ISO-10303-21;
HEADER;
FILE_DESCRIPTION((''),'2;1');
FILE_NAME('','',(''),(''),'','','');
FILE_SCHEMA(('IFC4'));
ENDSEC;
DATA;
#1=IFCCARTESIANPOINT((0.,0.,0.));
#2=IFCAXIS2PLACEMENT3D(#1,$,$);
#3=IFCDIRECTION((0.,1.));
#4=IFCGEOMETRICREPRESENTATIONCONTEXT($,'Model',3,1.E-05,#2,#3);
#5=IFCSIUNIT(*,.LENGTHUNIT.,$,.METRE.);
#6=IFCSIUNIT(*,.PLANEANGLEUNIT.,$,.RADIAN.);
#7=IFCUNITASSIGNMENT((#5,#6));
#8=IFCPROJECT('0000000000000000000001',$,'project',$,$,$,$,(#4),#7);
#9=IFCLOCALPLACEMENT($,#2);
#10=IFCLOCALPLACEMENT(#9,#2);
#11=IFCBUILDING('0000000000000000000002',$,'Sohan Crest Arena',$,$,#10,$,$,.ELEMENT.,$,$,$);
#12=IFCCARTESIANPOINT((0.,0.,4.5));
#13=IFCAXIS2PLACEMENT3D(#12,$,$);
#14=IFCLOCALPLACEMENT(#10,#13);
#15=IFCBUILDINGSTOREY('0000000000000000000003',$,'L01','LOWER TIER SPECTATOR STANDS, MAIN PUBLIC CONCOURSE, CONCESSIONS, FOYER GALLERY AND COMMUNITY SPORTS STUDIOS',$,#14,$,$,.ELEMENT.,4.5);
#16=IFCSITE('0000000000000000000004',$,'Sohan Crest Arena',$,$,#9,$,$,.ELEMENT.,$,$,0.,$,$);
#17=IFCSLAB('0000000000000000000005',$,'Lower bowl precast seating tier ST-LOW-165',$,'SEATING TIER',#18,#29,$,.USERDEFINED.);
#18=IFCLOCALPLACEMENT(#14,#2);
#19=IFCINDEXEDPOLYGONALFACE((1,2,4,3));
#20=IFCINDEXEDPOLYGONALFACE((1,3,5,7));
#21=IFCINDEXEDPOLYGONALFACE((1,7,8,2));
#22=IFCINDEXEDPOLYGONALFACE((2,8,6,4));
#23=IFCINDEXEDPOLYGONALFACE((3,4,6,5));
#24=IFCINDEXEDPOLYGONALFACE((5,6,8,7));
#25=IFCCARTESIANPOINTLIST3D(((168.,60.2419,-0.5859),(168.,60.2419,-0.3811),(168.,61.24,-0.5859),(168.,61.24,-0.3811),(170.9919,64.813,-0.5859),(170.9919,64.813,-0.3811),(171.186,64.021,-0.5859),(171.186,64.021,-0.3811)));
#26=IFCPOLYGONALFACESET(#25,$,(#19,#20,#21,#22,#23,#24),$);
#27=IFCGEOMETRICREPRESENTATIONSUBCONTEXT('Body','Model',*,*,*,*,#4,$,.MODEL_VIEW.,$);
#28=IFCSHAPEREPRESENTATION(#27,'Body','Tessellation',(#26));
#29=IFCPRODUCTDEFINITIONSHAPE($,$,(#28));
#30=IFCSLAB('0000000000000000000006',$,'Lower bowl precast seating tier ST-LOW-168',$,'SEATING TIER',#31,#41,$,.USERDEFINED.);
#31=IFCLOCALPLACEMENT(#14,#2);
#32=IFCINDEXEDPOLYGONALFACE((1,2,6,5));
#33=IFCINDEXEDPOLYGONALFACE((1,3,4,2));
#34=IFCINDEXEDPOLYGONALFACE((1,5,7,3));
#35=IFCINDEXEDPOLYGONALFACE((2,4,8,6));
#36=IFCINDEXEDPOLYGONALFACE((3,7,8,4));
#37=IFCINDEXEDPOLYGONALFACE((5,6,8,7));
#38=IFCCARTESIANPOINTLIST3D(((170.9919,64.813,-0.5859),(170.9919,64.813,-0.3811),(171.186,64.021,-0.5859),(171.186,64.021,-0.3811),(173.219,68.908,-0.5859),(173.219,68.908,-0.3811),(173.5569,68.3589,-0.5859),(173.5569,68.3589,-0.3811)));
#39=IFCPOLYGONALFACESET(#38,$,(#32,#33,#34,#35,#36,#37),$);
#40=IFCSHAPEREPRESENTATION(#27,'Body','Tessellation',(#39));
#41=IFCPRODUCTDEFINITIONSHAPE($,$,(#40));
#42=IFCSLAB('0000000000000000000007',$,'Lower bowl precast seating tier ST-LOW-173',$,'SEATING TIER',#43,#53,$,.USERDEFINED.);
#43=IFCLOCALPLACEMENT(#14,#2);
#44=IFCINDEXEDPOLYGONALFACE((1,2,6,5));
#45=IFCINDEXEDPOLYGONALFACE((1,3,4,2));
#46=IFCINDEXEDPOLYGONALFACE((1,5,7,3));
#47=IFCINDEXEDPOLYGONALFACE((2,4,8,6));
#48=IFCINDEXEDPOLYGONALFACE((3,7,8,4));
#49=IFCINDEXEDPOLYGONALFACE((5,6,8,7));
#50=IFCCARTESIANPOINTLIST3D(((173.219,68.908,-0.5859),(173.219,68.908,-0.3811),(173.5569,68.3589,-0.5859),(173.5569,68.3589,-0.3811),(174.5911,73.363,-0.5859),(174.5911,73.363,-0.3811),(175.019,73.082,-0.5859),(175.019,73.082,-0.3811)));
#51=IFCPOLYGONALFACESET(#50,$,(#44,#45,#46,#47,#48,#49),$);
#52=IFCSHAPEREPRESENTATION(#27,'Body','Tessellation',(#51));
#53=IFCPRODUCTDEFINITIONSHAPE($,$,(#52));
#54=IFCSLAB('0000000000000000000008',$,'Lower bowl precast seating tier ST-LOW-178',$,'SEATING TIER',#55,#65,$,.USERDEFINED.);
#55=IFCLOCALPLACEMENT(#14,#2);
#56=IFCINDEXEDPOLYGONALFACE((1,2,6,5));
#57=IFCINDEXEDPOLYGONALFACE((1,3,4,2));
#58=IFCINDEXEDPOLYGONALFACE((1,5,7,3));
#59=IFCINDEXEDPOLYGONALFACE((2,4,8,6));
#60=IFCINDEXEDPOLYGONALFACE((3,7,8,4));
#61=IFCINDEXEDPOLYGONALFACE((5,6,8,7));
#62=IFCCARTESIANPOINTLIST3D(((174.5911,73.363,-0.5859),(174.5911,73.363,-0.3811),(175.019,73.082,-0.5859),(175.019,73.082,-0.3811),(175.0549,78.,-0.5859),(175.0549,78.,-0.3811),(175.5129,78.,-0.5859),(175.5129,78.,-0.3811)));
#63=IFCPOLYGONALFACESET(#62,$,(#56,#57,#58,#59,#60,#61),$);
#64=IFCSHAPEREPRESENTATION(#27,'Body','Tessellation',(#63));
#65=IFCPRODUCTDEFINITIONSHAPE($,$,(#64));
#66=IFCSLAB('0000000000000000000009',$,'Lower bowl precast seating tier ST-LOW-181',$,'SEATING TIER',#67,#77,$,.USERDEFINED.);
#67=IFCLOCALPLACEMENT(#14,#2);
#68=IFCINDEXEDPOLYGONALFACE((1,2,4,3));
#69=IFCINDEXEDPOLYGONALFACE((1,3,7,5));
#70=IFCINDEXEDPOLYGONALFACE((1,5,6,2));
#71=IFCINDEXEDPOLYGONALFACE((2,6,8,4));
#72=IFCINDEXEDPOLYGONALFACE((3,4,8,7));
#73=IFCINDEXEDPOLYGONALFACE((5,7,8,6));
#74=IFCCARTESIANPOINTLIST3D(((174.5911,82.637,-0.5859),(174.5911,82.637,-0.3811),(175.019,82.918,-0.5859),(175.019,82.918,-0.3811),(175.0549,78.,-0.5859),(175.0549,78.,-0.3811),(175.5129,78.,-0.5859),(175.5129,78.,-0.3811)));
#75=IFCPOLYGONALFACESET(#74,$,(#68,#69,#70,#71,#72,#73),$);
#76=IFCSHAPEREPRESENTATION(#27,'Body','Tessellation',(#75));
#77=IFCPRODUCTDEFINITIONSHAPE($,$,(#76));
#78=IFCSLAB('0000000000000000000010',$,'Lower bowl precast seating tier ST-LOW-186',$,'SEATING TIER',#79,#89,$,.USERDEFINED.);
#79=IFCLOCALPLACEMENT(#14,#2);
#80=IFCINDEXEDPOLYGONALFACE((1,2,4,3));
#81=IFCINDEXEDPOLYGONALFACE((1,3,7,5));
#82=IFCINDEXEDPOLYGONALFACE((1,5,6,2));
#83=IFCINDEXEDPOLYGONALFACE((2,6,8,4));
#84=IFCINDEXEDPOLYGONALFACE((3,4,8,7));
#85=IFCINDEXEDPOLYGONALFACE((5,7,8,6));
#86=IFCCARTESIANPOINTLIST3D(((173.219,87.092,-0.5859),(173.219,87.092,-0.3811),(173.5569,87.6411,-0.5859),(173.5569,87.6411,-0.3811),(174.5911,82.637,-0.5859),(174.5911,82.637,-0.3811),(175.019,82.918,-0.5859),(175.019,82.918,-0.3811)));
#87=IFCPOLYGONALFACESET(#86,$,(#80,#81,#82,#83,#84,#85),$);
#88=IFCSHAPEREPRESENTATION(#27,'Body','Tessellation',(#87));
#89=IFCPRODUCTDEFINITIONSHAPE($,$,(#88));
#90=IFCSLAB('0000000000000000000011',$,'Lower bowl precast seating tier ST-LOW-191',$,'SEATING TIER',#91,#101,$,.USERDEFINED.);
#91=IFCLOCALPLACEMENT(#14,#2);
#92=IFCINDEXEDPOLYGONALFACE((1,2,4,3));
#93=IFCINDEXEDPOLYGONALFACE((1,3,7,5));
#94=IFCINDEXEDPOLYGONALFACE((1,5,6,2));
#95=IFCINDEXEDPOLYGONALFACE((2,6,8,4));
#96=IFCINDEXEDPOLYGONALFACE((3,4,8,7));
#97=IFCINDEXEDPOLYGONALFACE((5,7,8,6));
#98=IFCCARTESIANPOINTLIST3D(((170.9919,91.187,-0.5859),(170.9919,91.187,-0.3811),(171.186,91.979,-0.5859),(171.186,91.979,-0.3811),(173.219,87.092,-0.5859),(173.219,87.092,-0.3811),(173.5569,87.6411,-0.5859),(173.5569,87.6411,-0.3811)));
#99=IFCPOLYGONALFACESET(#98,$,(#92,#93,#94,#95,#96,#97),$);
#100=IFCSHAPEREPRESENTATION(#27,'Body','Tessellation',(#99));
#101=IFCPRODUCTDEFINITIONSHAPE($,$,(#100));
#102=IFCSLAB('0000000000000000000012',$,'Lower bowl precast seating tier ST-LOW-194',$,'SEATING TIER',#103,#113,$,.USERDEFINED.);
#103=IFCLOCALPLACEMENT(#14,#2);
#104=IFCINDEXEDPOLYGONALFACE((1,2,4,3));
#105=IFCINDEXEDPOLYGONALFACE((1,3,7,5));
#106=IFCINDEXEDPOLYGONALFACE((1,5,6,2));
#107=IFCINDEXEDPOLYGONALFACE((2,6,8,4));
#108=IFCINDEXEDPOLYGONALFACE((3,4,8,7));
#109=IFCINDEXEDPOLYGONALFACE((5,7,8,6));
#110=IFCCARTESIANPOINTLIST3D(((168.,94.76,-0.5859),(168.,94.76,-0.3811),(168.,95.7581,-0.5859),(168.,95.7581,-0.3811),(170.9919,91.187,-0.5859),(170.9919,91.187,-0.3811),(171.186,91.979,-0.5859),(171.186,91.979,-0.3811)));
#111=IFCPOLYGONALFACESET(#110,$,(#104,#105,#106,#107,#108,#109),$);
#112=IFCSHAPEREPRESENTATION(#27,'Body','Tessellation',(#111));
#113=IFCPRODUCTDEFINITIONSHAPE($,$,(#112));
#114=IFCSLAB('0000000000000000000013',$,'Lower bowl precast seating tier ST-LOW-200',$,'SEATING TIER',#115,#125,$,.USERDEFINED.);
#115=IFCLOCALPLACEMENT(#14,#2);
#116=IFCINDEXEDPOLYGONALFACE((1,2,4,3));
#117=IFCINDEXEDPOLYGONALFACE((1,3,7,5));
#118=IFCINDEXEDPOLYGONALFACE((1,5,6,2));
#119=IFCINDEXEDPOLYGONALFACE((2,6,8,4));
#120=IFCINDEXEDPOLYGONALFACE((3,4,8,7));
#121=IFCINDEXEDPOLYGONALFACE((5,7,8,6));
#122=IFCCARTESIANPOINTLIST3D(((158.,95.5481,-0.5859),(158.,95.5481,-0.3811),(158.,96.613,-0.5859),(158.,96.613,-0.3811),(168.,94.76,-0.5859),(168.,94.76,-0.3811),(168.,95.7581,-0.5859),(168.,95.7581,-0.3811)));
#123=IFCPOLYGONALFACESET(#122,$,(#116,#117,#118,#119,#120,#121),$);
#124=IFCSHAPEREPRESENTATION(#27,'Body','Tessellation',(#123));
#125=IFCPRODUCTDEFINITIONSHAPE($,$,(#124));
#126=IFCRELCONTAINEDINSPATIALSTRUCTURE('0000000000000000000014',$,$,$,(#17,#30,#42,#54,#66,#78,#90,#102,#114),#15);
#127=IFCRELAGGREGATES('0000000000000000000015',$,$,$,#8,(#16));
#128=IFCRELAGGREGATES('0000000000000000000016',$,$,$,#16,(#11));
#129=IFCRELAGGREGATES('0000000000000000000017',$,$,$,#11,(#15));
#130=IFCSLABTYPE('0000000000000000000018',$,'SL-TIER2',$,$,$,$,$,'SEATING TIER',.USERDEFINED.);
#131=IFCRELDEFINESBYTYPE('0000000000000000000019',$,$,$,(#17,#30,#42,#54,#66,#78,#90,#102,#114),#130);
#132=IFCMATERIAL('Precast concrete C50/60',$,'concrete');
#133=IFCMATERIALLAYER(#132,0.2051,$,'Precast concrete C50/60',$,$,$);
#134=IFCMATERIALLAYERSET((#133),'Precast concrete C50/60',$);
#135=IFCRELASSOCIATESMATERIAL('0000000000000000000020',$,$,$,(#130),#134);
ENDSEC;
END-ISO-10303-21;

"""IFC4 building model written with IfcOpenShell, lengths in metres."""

from ifc_helpers import new_model, si_unit, direction, frame, origin, place, context, subcontext, project, spatial, polyline, outline, extrude, material, layer, layer_set, type_object, element, save


model = new_model("IFC4")

# Units and contexts
model_context = context("Model", 3, precision=1e-05, world=origin(), true_north=direction((0.0, 1.0)))
body_context = subcontext(model_context, "Body", "Model", "MODEL_VIEW")
ifc_project = project(units=[si_unit("LENGTHUNIT", "METRE"), si_unit("PLANEANGLEUNIT", "RADIAN")], contexts=[model_context])

# Site, building, storey
site_placement = place(None, origin())
site = spatial("IfcSite", under=ifc_project, at=site_placement, Name="Sohan Crest Arena", CompositionType="ELEMENT", RefElevation=0.0)
building_placement = place(site_placement, origin())
building = spatial("IfcBuilding", under=site, at=building_placement, Name="Sohan Crest Arena", CompositionType="ELEMENT")
storey_placement = place(building_placement, frame((0.0, 0.0, 4.5)))
storey = spatial("IfcBuildingStorey", under=building, at=storey_placement, Name="L01", Description="LOWER TIER SPECTATOR STANDS, MAIN PUBLIC CONCOURSE, CONCESSIONS, FOYER GALLERY AND COMMUNITY SPORTS STUDIOS", CompositionType="ELEMENT", Elevation=4.5)

# Slabs
ifc_material_1 = material(Name="Precast concrete C50/60", Category="concrete")
ifc_layer_1 = layer(ifc_material_1, 0.2051, Name="Precast concrete C50/60")
ifc_layer_set_1 = layer_set([ifc_layer_1], Name="Precast concrete C50/60")
slab_type_1 = type_object("IfcSlabType", Name="SL-TIER2", ElementType="SEATING TIER", PredefinedType="USERDEFINED", material=ifc_layer_set_1)
slab_1_placement = place(storey_placement, frame((0.0, 0.0, -0.5859)))
element("IfcSlab", 1, at=slab_1_placement, inside=storey, type_object=slab_type_1, Name="Lower bowl precast seating tier ST-LOW-165", ObjectType="SEATING TIER", PredefinedType="USERDEFINED", context=body_context, shape_type="SweptSolid", body=[
    extrude(outline(polyline([(168.0, 61.24), (170.9919, 64.813), (171.186, 64.021), (168.0, 60.2419), (168.0, 61.24)])), origin(), (0.0, 0.0, 1.0), 0.2048),
])
slab_2_placement = place(storey_placement, frame((0.0, 0.0, -0.5859)))
element("IfcSlab", 2, at=slab_2_placement, inside=storey, type_object=slab_type_1, Name="Lower bowl precast seating tier ST-LOW-168", ObjectType="SEATING TIER", PredefinedType="USERDEFINED", context=body_context, shape_type="SweptSolid", body=[
    extrude(outline(polyline([(170.9919, 64.813), (173.219, 68.908), (173.5569, 68.3589), (171.186, 64.021), (170.9919, 64.813)])), origin(), (0.0, 0.0, 1.0), 0.2048),
])
slab_3_placement = place(storey_placement, frame((0.0, 0.0, -0.5859)))
element("IfcSlab", 3, at=slab_3_placement, inside=storey, type_object=slab_type_1, Name="Lower bowl precast seating tier ST-LOW-173", ObjectType="SEATING TIER", PredefinedType="USERDEFINED", context=body_context, shape_type="SweptSolid", body=[
    extrude(outline(polyline([(173.219, 68.908), (174.5911, 73.363), (175.019, 73.082), (173.5569, 68.3589), (173.219, 68.908)])), origin(), (0.0, 0.0, 1.0), 0.2048),
])
slab_4_placement = place(storey_placement, frame((0.0, 0.0, -0.5859)))
element("IfcSlab", 4, at=slab_4_placement, inside=storey, type_object=slab_type_1, Name="Lower bowl precast seating tier ST-LOW-178", ObjectType="SEATING TIER", PredefinedType="USERDEFINED", context=body_context, shape_type="SweptSolid", body=[
    extrude(outline(polyline([(174.5911, 73.363), (175.0549, 78.0), (175.5129, 78.0), (175.019, 73.082), (174.5911, 73.363)])), origin(), (0.0, 0.0, 1.0), 0.2048),
])
slab_5_placement = place(storey_placement, frame((0.0, 0.0, -0.5859)))
element("IfcSlab", 5, at=slab_5_placement, inside=storey, type_object=slab_type_1, Name="Lower bowl precast seating tier ST-LOW-181", ObjectType="SEATING TIER", PredefinedType="USERDEFINED", context=body_context, shape_type="SweptSolid", body=[
    extrude(outline(polyline([(175.0549, 78.0), (174.5911, 82.637), (175.019, 82.918), (175.5129, 78.0), (175.0549, 78.0)])), origin(), (0.0, 0.0, 1.0), 0.2048),
])
slab_6_placement = place(storey_placement, frame((0.0, 0.0, -0.5859)))
element("IfcSlab", 6, at=slab_6_placement, inside=storey, type_object=slab_type_1, Name="Lower bowl precast seating tier ST-LOW-186", ObjectType="SEATING TIER", PredefinedType="USERDEFINED", context=body_context, shape_type="SweptSolid", body=[
    extrude(outline(polyline([(174.5911, 82.637), (173.219, 87.092), (173.5569, 87.6411), (175.019, 82.918), (174.5911, 82.637)])), origin(), (0.0, 0.0, 1.0), 0.2048),
])
slab_7_placement = place(storey_placement, frame((0.0, 0.0, -0.5859)))
element("IfcSlab", 7, at=slab_7_placement, inside=storey, type_object=slab_type_1, Name="Lower bowl precast seating tier ST-LOW-191", ObjectType="SEATING TIER", PredefinedType="USERDEFINED", context=body_context, shape_type="SweptSolid", body=[
    extrude(outline(polyline([(173.219, 87.092), (170.9919, 91.187), (171.186, 91.979), (173.5569, 87.6411), (173.219, 87.092)])), origin(), (0.0, 0.0, 1.0), 0.2048),
])
slab_8_placement = place(storey_placement, frame((0.0, 0.0, -0.5859)))
element("IfcSlab", 8, at=slab_8_placement, inside=storey, type_object=slab_type_1, Name="Lower bowl precast seating tier ST-LOW-194", ObjectType="SEATING TIER", PredefinedType="USERDEFINED", context=body_context, shape_type="SweptSolid", body=[
    extrude(outline(polyline([(170.9919, 91.187), (168.0, 94.76), (168.0, 95.7581), (171.186, 91.979), (170.9919, 91.187)])), origin(), (0.0, 0.0, 1.0), 0.2048),
])
slab_9_placement = place(storey_placement, frame((0.0, 0.0, -0.5859)))
element("IfcSlab", 9, at=slab_9_placement, inside=storey, type_object=slab_type_1, Name="Lower bowl precast seating tier ST-LOW-200", ObjectType="SEATING TIER", PredefinedType="USERDEFINED", context=body_context, shape_type="SweptSolid", body=[
    extrude(outline(polyline([(168.0, 94.76), (158.0, 95.5481), (158.0, 96.613), (168.0, 95.7581), (168.0, 94.76)])), origin(), (0.0, 0.0, 1.0), 0.2048),
])

save(model, "model.ifc")
